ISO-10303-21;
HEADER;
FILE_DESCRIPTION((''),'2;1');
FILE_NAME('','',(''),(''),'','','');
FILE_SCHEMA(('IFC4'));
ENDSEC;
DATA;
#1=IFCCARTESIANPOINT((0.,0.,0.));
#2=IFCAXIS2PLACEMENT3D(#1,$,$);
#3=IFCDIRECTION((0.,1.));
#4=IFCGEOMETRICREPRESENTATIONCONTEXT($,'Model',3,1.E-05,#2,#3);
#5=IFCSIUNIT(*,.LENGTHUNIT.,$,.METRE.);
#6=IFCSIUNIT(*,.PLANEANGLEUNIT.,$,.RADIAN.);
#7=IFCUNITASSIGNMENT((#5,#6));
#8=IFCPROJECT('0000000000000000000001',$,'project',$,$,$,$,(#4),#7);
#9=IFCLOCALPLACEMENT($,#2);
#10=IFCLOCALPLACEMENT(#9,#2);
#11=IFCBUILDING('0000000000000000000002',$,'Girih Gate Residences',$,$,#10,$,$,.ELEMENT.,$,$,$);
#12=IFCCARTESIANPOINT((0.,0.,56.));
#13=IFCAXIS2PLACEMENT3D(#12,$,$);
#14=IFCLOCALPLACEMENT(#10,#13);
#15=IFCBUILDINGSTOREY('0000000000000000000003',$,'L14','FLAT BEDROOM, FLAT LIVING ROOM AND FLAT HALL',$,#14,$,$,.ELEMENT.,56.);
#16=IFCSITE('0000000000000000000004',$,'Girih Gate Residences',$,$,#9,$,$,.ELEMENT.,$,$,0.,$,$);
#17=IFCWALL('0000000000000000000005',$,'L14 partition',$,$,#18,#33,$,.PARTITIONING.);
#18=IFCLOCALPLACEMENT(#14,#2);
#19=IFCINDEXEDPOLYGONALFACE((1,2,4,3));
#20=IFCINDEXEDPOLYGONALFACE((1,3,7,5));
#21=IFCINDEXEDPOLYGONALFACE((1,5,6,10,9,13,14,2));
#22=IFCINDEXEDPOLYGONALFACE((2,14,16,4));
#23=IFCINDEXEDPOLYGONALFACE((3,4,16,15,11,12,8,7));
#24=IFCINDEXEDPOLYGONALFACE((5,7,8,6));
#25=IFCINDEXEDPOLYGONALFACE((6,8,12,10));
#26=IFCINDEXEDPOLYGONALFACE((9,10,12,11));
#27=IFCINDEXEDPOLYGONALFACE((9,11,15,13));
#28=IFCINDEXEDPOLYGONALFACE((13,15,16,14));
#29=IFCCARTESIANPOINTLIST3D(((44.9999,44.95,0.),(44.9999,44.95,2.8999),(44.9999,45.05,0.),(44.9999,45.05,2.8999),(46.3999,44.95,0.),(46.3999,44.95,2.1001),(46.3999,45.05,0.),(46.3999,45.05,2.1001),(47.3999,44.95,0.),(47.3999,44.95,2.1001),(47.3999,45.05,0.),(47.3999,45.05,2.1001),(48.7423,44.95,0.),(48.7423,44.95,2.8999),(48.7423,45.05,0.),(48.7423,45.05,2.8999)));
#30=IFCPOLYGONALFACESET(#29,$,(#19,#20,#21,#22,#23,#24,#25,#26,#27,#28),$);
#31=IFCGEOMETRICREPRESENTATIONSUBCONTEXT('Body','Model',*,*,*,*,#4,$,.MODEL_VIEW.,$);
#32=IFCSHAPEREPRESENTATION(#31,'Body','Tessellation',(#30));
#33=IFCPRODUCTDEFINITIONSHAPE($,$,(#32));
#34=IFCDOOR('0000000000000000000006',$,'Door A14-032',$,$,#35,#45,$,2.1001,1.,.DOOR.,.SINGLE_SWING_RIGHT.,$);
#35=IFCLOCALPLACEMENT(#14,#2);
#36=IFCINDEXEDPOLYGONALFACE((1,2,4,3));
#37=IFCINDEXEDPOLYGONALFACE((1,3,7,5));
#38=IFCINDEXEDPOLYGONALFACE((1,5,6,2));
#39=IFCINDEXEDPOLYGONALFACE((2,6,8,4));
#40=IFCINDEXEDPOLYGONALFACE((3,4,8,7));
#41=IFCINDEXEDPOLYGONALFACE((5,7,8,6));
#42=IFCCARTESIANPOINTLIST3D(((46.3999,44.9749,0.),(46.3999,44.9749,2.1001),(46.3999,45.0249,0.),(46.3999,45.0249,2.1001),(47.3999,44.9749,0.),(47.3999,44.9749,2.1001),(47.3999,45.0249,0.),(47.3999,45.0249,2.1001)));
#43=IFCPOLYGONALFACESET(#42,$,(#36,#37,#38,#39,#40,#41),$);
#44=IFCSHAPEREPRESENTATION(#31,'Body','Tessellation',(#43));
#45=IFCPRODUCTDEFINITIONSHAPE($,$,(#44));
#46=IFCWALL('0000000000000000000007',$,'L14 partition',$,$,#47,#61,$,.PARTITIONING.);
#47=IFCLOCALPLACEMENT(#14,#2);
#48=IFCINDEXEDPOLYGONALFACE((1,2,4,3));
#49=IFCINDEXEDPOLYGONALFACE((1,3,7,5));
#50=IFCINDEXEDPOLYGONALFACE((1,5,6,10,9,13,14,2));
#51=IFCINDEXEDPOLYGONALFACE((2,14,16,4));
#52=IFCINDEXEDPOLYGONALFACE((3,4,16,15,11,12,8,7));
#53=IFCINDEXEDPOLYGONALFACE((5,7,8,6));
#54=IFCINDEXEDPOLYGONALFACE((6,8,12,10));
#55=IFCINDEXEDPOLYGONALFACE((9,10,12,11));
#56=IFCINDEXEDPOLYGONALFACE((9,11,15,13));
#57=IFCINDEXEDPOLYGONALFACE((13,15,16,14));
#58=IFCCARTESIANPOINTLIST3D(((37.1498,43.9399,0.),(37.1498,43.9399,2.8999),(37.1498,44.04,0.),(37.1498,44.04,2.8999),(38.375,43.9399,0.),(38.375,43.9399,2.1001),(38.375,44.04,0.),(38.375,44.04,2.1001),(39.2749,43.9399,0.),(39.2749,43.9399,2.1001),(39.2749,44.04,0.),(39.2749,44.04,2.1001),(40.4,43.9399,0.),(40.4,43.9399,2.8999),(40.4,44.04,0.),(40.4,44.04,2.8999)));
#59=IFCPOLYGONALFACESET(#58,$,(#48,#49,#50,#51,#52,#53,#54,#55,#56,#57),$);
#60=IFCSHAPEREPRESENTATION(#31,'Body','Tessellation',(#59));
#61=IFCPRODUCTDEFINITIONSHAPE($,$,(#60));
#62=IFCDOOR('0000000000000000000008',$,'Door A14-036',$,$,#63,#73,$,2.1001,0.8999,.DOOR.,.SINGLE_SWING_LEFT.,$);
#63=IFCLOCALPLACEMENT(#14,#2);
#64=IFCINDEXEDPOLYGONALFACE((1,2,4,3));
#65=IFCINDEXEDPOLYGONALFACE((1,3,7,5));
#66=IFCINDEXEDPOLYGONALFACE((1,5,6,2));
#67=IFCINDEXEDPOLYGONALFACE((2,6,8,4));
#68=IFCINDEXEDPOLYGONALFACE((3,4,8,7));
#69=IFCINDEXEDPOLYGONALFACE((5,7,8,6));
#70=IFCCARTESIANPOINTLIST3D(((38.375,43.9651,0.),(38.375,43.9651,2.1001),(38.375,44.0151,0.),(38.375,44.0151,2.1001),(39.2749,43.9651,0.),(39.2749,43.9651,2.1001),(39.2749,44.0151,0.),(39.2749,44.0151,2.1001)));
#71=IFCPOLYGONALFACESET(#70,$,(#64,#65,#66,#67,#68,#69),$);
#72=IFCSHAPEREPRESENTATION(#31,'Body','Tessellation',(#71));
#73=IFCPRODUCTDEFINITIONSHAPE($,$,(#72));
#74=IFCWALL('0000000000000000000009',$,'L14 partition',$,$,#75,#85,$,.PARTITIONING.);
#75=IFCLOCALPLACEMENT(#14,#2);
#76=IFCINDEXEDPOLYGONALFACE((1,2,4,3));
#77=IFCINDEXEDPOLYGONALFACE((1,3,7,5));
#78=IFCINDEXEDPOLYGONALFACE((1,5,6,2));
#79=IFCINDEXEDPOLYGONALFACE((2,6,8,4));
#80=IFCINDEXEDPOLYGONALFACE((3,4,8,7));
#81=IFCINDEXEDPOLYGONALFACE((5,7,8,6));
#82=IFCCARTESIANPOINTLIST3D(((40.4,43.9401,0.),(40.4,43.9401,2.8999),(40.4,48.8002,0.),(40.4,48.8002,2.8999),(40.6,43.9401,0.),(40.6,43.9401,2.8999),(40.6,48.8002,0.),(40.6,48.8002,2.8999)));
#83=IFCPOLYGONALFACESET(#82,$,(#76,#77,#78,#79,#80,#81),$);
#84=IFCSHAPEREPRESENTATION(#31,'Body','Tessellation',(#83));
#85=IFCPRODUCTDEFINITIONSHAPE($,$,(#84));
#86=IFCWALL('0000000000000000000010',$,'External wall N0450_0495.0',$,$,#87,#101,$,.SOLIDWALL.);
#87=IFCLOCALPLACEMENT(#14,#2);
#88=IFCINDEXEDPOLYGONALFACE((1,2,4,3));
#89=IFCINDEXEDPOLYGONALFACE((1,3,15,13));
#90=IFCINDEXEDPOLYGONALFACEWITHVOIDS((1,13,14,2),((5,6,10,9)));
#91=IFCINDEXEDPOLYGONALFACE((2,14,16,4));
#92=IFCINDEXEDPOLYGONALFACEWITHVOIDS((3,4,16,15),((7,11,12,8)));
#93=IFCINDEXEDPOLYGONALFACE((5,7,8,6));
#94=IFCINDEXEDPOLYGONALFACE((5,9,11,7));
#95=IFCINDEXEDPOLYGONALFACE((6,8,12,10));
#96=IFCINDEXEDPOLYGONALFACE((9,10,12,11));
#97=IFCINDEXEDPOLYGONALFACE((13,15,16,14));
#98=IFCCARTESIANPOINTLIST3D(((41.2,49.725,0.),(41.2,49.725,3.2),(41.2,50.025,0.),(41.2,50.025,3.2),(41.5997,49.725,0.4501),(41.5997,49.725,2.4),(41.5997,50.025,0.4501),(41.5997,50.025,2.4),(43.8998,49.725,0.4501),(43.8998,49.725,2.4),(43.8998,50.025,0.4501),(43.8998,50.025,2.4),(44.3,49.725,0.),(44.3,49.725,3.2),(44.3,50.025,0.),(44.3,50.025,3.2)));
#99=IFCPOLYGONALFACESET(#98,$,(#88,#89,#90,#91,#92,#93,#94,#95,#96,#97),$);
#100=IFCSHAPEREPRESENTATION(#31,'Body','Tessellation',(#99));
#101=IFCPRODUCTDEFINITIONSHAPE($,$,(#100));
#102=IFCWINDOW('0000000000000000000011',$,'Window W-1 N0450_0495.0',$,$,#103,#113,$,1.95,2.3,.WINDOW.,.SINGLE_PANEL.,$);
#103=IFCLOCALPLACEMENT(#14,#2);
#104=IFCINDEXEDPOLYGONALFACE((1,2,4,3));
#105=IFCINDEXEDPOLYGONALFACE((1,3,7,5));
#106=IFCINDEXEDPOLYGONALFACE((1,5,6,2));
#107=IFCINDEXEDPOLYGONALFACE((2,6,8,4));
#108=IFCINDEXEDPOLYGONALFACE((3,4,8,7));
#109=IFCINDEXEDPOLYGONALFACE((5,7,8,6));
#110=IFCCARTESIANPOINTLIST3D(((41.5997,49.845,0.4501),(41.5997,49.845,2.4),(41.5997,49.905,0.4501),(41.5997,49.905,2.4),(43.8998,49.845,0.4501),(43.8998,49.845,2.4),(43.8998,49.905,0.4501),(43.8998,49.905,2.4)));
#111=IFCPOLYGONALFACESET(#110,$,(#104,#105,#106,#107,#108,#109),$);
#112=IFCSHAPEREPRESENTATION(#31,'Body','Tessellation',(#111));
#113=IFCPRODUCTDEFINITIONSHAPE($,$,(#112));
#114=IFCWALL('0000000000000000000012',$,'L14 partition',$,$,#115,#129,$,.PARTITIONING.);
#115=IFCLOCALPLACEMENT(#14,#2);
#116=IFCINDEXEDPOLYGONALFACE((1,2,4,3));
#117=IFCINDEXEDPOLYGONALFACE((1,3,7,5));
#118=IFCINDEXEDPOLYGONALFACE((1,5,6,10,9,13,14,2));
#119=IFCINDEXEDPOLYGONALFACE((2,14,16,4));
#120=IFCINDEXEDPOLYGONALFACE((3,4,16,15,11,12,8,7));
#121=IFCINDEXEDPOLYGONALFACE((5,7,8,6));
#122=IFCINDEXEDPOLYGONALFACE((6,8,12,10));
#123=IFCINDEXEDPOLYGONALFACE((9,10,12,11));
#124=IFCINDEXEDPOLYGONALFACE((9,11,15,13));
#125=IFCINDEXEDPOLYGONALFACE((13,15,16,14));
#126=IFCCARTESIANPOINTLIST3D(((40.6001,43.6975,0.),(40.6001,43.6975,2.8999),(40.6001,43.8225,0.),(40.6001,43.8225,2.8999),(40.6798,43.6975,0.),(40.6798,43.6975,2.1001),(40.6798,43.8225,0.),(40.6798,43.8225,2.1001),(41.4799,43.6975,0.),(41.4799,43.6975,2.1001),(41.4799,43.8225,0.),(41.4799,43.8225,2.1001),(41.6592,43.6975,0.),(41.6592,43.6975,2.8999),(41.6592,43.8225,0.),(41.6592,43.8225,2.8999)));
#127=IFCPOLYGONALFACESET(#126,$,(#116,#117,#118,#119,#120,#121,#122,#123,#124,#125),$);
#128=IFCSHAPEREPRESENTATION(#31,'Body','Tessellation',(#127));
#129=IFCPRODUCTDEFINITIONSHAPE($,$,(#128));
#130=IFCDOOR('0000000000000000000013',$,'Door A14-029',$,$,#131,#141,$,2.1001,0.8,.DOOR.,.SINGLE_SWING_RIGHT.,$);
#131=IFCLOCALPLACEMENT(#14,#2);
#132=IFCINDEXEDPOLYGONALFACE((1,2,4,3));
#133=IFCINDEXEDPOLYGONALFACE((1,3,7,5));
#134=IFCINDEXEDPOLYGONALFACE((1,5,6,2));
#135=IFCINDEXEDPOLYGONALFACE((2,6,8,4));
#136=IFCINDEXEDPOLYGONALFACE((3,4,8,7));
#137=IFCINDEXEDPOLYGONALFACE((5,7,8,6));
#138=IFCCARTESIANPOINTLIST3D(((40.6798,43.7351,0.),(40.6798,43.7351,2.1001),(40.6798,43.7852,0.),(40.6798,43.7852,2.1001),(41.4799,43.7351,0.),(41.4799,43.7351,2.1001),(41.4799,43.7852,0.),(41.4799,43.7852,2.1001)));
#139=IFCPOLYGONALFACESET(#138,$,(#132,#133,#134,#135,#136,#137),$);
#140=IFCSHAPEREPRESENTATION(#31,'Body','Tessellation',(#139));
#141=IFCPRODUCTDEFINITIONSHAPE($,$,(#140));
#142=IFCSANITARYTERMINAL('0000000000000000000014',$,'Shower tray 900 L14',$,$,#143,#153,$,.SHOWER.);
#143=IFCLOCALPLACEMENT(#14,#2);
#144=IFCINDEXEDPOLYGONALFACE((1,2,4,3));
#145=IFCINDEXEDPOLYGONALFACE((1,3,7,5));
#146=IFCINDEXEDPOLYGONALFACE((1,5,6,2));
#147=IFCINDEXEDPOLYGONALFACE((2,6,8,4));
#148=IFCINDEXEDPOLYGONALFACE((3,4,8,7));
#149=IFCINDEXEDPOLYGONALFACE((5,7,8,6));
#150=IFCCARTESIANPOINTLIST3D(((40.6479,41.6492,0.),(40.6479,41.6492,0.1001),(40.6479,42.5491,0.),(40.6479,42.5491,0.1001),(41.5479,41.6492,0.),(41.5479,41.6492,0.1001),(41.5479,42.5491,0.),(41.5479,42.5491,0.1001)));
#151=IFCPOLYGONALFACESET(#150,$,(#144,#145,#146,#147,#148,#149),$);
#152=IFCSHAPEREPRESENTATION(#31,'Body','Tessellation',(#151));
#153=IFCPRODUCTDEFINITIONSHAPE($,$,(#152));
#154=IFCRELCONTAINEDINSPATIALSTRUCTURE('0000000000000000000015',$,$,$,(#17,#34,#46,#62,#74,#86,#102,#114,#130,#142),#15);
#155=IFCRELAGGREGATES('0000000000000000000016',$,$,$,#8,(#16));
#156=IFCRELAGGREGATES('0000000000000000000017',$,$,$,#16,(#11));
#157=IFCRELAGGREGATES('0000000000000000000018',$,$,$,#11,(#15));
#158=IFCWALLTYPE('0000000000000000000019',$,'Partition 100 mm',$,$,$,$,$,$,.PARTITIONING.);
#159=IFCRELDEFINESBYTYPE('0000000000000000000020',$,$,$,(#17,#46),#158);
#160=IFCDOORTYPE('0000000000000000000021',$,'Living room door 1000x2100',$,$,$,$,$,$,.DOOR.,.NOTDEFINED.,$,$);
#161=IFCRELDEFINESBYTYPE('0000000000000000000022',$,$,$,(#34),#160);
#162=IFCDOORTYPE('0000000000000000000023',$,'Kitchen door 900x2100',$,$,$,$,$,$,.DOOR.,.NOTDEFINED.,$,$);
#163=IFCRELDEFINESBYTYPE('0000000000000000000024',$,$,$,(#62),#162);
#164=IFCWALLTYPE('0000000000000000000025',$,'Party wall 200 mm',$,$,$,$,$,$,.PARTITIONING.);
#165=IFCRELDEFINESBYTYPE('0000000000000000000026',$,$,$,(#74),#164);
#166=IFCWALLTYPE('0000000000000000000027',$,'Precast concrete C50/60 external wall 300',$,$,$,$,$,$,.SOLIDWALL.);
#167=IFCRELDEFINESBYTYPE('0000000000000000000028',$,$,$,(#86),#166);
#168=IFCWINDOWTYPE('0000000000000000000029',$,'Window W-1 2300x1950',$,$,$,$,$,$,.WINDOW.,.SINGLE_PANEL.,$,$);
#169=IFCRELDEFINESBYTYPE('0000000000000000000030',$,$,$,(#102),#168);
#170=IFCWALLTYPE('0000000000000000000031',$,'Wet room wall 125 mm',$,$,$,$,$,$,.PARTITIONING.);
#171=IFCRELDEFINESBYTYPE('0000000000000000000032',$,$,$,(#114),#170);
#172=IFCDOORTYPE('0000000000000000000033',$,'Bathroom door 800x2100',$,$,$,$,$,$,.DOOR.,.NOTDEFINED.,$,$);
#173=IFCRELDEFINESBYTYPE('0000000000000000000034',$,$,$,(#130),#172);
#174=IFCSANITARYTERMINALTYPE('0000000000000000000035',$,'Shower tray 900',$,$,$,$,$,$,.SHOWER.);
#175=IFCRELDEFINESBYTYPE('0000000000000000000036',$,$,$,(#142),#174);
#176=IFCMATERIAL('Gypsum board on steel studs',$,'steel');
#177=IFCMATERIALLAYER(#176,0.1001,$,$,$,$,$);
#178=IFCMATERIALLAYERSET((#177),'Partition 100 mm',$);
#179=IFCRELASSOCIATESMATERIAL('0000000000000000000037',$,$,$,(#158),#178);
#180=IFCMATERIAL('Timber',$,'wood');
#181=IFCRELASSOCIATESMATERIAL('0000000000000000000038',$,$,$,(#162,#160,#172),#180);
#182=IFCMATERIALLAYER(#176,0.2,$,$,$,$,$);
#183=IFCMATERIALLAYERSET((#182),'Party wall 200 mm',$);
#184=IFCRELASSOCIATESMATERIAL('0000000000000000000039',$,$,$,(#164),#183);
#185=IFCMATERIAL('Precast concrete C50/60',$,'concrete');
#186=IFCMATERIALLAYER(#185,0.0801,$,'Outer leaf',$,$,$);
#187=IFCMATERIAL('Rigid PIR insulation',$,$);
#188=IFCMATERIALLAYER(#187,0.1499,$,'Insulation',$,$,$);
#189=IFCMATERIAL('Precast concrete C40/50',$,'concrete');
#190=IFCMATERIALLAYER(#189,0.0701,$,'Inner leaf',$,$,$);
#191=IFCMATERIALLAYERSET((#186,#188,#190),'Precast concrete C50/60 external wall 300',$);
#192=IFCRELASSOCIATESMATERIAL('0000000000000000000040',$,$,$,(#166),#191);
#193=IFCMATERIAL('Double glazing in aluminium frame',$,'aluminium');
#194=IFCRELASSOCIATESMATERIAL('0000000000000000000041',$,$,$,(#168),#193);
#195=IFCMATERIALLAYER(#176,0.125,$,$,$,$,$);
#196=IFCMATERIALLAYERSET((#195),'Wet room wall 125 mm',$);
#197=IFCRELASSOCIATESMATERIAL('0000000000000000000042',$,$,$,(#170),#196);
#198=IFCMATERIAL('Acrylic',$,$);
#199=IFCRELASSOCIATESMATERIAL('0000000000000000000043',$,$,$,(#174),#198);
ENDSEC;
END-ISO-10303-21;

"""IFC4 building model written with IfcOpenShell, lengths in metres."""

from ifc_helpers import new_model, si_unit, direction, frame, frame_2d, origin, origin_2d, place, context, subcontext, project, spatial, rectangle, extrude, material, layer, layer_set, type_object, element, fill, save


model = new_model("IFC4")

# Units and contexts
model_context = context("Model", 3, precision=1e-05, world=origin(), true_north=direction((0.0, 1.0)))
body_context = subcontext(model_context, "Body", "Model", "MODEL_VIEW")
ifc_project = project(units=[si_unit("LENGTHUNIT", "METRE"), si_unit("PLANEANGLEUNIT", "RADIAN")], contexts=[model_context])

# Site, building, storey
site_placement = place(None, origin())
site = spatial("IfcSite", under=ifc_project, at=site_placement, Name="Girih Gate Residences", CompositionType="ELEMENT", RefElevation=0.0)
building_placement = place(site_placement, origin())
building = spatial("IfcBuilding", under=site, at=building_placement, Name="Girih Gate Residences", CompositionType="ELEMENT")
storey_placement = place(building_placement, frame((0.0, 0.0, 56.0)))
storey = spatial("IfcBuildingStorey", under=building, at=storey_placement, Name="L14", Description="FLAT BEDROOM, FLAT LIVING ROOM AND FLAT HALL", CompositionType="ELEMENT", Elevation=56.0)

# Shared definitions
ifc_material_1 = material(Name="Gypsum board on steel studs", Category="steel")
ifc_layer_1 = layer(ifc_material_1, 0.1001)
ifc_layer_set_1 = layer_set([ifc_layer_1], Name="Partition 100 mm")
wall_type_1 = type_object("IfcWallType", Name="Partition 100 mm", PredefinedType="PARTITIONING", material=ifc_layer_set_1)
ifc_material_2 = material(Name="Timber", Category="wood")

# Walls, openings, doors
door_type_1 = type_object("IfcDoorType", Name="Kitchen door 900x2100", OperationType="NOTDEFINED", PredefinedType="DOOR", material=ifc_material_2)
wall_1_placement = place(storey_placement, frame((45.0, 45.0, 0.0), z_axis=(0.0, 0.0, 1.0), x_axis=(1.0, 0.0, 0.0)))
wall_1 = element("IfcWall", 1, at=wall_1_placement, inside=storey, type_object=wall_type_1, Name="L14 partition", PredefinedType="PARTITIONING", context=body_context, shape_type="SweptSolid", body=[
    extrude(rectangle(XDim=3.7424, YDim=0.1001, at=frame_2d((1.8711, 0.0))), origin(), (0.0, 0.0, 1.0), 2.8999),
])
opening_1_placement = place(wall_1_placement, frame((1.3999, 0.0, 0.0)))
opening_1 = element("IfcOpeningElement", 2, at=opening_1_placement, cuts=wall_1, PredefinedType="OPENING", context=body_context, shape_type="SweptSolid", body=[
    extrude(rectangle(XDim=1.0, YDim=2.1001, at=frame_2d((0.5, 1.05))), frame((0.0, 0.0601, 0.0), z_axis=(0.0, -1.0, 0.0), x_axis=(1.0, 0.0, 0.0)), (0.0, 0.0, 1.0), 0.1201),
])
door_type_2 = type_object("IfcDoorType", Name="Living room door 1000x2100", OperationType="NOTDEFINED", PredefinedType="DOOR", material=ifc_material_2)
door_1_placement = place(opening_1_placement, origin())
door_1 = element("IfcDoor", 3, at=door_1_placement, inside=storey, type_object=door_type_2, Name="Door A14-032", OperationType="SINGLE_SWING_RIGHT", OverallHeight=2.1001, OverallWidth=1.0, PredefinedType="DOOR", context=body_context, shape_type="SweptSolid", body=[
    extrude(rectangle(XDim=1.0, YDim=2.1001, at=frame_2d((0.5, 1.05))), frame((0.0, 0.0249, 0.0), z_axis=(0.0, -1.0, 0.0), x_axis=(1.0, 0.0, 0.0)), (0.0, 0.0, 1.0), 0.05),
])
fill(opening_1, door_1)
wall_2_placement = place(storey_placement, frame((40.3999, 43.99, 0.0), z_axis=(0.0, 0.0, 1.0), x_axis=(-1.0, 0.0, 0.0)))
wall_2 = element("IfcWall", 4, at=wall_2_placement, inside=storey, type_object=wall_type_1, Name="L14 partition", PredefinedType="PARTITIONING", context=body_context, shape_type="SweptSolid", body=[
    extrude(rectangle(XDim=3.2502, YDim=0.1001, at=frame_2d((1.625, 0.0))), origin(), (0.0, 0.0, 1.0), 2.8999),
])
opening_2_placement = place(wall_2_placement, frame((1.125, 0.0, 0.0)))
opening_2 = element("IfcOpeningElement", 5, at=opening_2_placement, cuts=wall_2, PredefinedType="OPENING", context=body_context, shape_type="SweptSolid", body=[
    extrude(rectangle(XDim=0.8999, YDim=2.1001, at=frame_2d((0.45, 1.05))), frame((0.0, 0.0601, 0.0), z_axis=(0.0, -1.0, 0.0), x_axis=(1.0, 0.0, 0.0)), (0.0, 0.0, 1.0), 0.1201),
])
door_2_placement = place(opening_2_placement, origin())
door_2 = element("IfcDoor", 6, at=door_2_placement, inside=storey, type_object=door_type_1, Name="Door A14-036", OperationType="SINGLE_SWING_LEFT", OverallHeight=2.1001, OverallWidth=0.8999, PredefinedType="DOOR", context=body_context, shape_type="SweptSolid", body=[
    extrude(rectangle(XDim=0.8999, YDim=2.1001, at=frame_2d((0.45, 1.05))), frame((0.0, 0.0249, 0.0), z_axis=(0.0, -1.0, 0.0), x_axis=(1.0, 0.0, 0.0)), (0.0, 0.0, 1.0), 0.05),
])
fill(opening_2, door_2)

# Wall
ifc_layer_2 = layer(ifc_material_1, 0.2)
ifc_layer_set_2 = layer_set([ifc_layer_2], Name="Party wall 200 mm")
wall_type_2 = type_object("IfcWallType", Name="Party wall 200 mm", PredefinedType="PARTITIONING", material=ifc_layer_set_2)
wall_3_placement = place(storey_placement, frame((40.5, 43.9399, 0.0), z_axis=(0.0, 0.0, 1.0), x_axis=(0.0, 1.0, 0.0)))
element("IfcWall", 7, at=wall_3_placement, inside=storey, type_object=wall_type_2, Name="L14 partition", PredefinedType="PARTITIONING", context=body_context, shape_type="SweptSolid", body=[
    extrude(rectangle(XDim=4.8601, YDim=0.2, at=frame_2d((2.4302, 0.0))), origin(), (0.0, 0.0, 1.0), 2.8999),
])

# Wall, opening, window
ifc_material_3 = material(Name="Precast concrete C50/60", Category="concrete")
ifc_layer_3 = layer(ifc_material_3, 0.0801, Name="Outer leaf")
ifc_material_4 = material(Name="Rigid PIR insulation")
ifc_layer_4 = layer(ifc_material_4, 0.1499, Name="Insulation")
ifc_material_5 = material(Name="Precast concrete C40/50", Category="concrete")
ifc_layer_5 = layer(ifc_material_5, 0.0701, Name="Inner leaf")
ifc_layer_set_3 = layer_set([ifc_layer_3, ifc_layer_4, ifc_layer_5], Name="Precast concrete C50/60 external wall 300")
wall_type_3 = type_object("IfcWallType", Name="Precast concrete C50/60 external wall 300", PredefinedType="SOLIDWALL", material=ifc_layer_set_3)
wall_4_placement = place(storey_placement, frame((41.2, 49.875, 0.0), z_axis=(0.0, 0.0, 1.0), x_axis=(1.0, 0.0, 0.0)))
wall_4 = element("IfcWall", 8, at=wall_4_placement, inside=storey, type_object=wall_type_3, Name="External wall N0450_0495.0", PredefinedType="SOLIDWALL", context=body_context, shape_type="SweptSolid", body=[
    extrude(rectangle(XDim=3.1001, YDim=0.3, at=frame_2d((1.55, 0.0))), origin(), (0.0, 0.0, 1.0), 3.2),
])
opening_3_placement = place(wall_4_placement, frame((0.3999, 0.0, 0.45)))
opening_3 = element("IfcOpeningElement", 9, at=opening_3_placement, cuts=wall_4, PredefinedType="OPENING", context=body_context, shape_type="SweptSolid", body=[
    extrude(rectangle(XDim=2.3, YDim=1.95, at=frame_2d((1.1499, 0.9751))), frame((0.0, 0.1599, 0.0), z_axis=(0.0, -1.0, 0.0), x_axis=(1.0, 0.0, 0.0)), (0.0, 0.0, 1.0), 0.3201),
])
ifc_material_6 = material(Name="Double glazing in aluminium frame", Category="aluminium")
window_type = type_object("IfcWindowType", Name="Window W-1 2300x1950", PartitioningType="SINGLE_PANEL", PredefinedType="WINDOW", material=ifc_material_6)
window_placement = place(opening_3_placement, origin())
window = element("IfcWindow", 10, at=window_placement, inside=storey, type_object=window_type, Name="Window W-1 N0450_0495.0", OverallHeight=1.95, OverallWidth=2.3, PartitioningType="SINGLE_PANEL", PredefinedType="WINDOW", context=body_context, shape_type="SweptSolid", body=[
    extrude(rectangle(XDim=2.3, YDim=1.95, at=frame_2d((1.1499, 0.9751))), frame((0.0, 0.03, 0.0), z_axis=(0.0, -1.0, 0.0), x_axis=(1.0, 0.0, 0.0)), (0.0, 0.0, 1.0), 0.0601),
])
fill(opening_3, window)

# Wall, opening, door
ifc_layer_6 = layer(ifc_material_1, 0.125)
ifc_layer_set_4 = layer_set([ifc_layer_6], Name="Wet room wall 125 mm")
wall_type_4 = type_object("IfcWallType", Name="Wet room wall 125 mm", PredefinedType="PARTITIONING", material=ifc_layer_set_4)
wall_5_placement = place(storey_placement, frame((41.6592, 43.76, 0.0), z_axis=(0.0, 0.0, 1.0), x_axis=(-1.0, 0.0, 0.0)))
wall_5 = element("IfcWall", 11, at=wall_5_placement, inside=storey, type_object=wall_type_4, Name="L14 partition", PredefinedType="PARTITIONING", context=body_context, shape_type="SweptSolid", body=[
    extrude(rectangle(XDim=1.0591, YDim=0.125, at=frame_2d((0.5295, 0.0))), origin(), (0.0, 0.0, 1.0), 2.8999),
])
opening_4_placement = place(wall_5_placement, frame((0.1794, 0.0, 0.0)))
opening_4 = element("IfcOpeningElement", 12, at=opening_4_placement, cuts=wall_5, PredefinedType="OPENING", context=body_context, shape_type="SweptSolid", body=[
    extrude(rectangle(XDim=0.8, YDim=2.1001, at=frame_2d((0.3999, 1.05))), frame((0.0, 0.0725, 0.0), z_axis=(0.0, -1.0, 0.0), x_axis=(1.0, 0.0, 0.0)), (0.0, 0.0, 1.0), 0.145),
])
door_type_3 = type_object("IfcDoorType", Name="Bathroom door 800x2100", OperationType="NOTDEFINED", PredefinedType="DOOR", material=ifc_material_2)
door_3_placement = place(opening_4_placement, origin())
door_3 = element("IfcDoor", 13, at=door_3_placement, inside=storey, type_object=door_type_3, Name="Door A14-029", OperationType="SINGLE_SWING_RIGHT", OverallHeight=2.1001, OverallWidth=0.8, PredefinedType="DOOR", context=body_context, shape_type="SweptSolid", body=[
    extrude(rectangle(XDim=0.8, YDim=2.1001, at=frame_2d((0.3999, 1.05))), frame((0.0, 0.0249, 0.0), z_axis=(0.0, -1.0, 0.0), x_axis=(1.0, 0.0, 0.0)), (0.0, 0.0, 1.0), 0.05),
])
fill(opening_4, door_3)

# Sanitary terminal
ifc_material_7 = material(Name="Acrylic")
sanitary_terminal_type = type_object("IfcSanitaryTerminalType", Name="Shower tray 900", PredefinedType="SHOWER", material=ifc_material_7)
sanitary_terminal_placement = place(storey_placement, frame((41.0979, 42.0991, 0.0), z_axis=(0.0, 0.0, 1.0), x_axis=(1.0, 0.0, 0.0)))
element("IfcSanitaryTerminal", 14, at=sanitary_terminal_placement, inside=storey, type_object=sanitary_terminal_type, Name="Shower tray 900 L14", PredefinedType="SHOWER", context=body_context, shape_type="SweptSolid", body=[
    extrude(rectangle(XDim=0.8999, YDim=0.8999, at=origin_2d()), origin(), (0.0, 0.0, 1.0), 0.1001),
])

save(model, "model.ifc")
